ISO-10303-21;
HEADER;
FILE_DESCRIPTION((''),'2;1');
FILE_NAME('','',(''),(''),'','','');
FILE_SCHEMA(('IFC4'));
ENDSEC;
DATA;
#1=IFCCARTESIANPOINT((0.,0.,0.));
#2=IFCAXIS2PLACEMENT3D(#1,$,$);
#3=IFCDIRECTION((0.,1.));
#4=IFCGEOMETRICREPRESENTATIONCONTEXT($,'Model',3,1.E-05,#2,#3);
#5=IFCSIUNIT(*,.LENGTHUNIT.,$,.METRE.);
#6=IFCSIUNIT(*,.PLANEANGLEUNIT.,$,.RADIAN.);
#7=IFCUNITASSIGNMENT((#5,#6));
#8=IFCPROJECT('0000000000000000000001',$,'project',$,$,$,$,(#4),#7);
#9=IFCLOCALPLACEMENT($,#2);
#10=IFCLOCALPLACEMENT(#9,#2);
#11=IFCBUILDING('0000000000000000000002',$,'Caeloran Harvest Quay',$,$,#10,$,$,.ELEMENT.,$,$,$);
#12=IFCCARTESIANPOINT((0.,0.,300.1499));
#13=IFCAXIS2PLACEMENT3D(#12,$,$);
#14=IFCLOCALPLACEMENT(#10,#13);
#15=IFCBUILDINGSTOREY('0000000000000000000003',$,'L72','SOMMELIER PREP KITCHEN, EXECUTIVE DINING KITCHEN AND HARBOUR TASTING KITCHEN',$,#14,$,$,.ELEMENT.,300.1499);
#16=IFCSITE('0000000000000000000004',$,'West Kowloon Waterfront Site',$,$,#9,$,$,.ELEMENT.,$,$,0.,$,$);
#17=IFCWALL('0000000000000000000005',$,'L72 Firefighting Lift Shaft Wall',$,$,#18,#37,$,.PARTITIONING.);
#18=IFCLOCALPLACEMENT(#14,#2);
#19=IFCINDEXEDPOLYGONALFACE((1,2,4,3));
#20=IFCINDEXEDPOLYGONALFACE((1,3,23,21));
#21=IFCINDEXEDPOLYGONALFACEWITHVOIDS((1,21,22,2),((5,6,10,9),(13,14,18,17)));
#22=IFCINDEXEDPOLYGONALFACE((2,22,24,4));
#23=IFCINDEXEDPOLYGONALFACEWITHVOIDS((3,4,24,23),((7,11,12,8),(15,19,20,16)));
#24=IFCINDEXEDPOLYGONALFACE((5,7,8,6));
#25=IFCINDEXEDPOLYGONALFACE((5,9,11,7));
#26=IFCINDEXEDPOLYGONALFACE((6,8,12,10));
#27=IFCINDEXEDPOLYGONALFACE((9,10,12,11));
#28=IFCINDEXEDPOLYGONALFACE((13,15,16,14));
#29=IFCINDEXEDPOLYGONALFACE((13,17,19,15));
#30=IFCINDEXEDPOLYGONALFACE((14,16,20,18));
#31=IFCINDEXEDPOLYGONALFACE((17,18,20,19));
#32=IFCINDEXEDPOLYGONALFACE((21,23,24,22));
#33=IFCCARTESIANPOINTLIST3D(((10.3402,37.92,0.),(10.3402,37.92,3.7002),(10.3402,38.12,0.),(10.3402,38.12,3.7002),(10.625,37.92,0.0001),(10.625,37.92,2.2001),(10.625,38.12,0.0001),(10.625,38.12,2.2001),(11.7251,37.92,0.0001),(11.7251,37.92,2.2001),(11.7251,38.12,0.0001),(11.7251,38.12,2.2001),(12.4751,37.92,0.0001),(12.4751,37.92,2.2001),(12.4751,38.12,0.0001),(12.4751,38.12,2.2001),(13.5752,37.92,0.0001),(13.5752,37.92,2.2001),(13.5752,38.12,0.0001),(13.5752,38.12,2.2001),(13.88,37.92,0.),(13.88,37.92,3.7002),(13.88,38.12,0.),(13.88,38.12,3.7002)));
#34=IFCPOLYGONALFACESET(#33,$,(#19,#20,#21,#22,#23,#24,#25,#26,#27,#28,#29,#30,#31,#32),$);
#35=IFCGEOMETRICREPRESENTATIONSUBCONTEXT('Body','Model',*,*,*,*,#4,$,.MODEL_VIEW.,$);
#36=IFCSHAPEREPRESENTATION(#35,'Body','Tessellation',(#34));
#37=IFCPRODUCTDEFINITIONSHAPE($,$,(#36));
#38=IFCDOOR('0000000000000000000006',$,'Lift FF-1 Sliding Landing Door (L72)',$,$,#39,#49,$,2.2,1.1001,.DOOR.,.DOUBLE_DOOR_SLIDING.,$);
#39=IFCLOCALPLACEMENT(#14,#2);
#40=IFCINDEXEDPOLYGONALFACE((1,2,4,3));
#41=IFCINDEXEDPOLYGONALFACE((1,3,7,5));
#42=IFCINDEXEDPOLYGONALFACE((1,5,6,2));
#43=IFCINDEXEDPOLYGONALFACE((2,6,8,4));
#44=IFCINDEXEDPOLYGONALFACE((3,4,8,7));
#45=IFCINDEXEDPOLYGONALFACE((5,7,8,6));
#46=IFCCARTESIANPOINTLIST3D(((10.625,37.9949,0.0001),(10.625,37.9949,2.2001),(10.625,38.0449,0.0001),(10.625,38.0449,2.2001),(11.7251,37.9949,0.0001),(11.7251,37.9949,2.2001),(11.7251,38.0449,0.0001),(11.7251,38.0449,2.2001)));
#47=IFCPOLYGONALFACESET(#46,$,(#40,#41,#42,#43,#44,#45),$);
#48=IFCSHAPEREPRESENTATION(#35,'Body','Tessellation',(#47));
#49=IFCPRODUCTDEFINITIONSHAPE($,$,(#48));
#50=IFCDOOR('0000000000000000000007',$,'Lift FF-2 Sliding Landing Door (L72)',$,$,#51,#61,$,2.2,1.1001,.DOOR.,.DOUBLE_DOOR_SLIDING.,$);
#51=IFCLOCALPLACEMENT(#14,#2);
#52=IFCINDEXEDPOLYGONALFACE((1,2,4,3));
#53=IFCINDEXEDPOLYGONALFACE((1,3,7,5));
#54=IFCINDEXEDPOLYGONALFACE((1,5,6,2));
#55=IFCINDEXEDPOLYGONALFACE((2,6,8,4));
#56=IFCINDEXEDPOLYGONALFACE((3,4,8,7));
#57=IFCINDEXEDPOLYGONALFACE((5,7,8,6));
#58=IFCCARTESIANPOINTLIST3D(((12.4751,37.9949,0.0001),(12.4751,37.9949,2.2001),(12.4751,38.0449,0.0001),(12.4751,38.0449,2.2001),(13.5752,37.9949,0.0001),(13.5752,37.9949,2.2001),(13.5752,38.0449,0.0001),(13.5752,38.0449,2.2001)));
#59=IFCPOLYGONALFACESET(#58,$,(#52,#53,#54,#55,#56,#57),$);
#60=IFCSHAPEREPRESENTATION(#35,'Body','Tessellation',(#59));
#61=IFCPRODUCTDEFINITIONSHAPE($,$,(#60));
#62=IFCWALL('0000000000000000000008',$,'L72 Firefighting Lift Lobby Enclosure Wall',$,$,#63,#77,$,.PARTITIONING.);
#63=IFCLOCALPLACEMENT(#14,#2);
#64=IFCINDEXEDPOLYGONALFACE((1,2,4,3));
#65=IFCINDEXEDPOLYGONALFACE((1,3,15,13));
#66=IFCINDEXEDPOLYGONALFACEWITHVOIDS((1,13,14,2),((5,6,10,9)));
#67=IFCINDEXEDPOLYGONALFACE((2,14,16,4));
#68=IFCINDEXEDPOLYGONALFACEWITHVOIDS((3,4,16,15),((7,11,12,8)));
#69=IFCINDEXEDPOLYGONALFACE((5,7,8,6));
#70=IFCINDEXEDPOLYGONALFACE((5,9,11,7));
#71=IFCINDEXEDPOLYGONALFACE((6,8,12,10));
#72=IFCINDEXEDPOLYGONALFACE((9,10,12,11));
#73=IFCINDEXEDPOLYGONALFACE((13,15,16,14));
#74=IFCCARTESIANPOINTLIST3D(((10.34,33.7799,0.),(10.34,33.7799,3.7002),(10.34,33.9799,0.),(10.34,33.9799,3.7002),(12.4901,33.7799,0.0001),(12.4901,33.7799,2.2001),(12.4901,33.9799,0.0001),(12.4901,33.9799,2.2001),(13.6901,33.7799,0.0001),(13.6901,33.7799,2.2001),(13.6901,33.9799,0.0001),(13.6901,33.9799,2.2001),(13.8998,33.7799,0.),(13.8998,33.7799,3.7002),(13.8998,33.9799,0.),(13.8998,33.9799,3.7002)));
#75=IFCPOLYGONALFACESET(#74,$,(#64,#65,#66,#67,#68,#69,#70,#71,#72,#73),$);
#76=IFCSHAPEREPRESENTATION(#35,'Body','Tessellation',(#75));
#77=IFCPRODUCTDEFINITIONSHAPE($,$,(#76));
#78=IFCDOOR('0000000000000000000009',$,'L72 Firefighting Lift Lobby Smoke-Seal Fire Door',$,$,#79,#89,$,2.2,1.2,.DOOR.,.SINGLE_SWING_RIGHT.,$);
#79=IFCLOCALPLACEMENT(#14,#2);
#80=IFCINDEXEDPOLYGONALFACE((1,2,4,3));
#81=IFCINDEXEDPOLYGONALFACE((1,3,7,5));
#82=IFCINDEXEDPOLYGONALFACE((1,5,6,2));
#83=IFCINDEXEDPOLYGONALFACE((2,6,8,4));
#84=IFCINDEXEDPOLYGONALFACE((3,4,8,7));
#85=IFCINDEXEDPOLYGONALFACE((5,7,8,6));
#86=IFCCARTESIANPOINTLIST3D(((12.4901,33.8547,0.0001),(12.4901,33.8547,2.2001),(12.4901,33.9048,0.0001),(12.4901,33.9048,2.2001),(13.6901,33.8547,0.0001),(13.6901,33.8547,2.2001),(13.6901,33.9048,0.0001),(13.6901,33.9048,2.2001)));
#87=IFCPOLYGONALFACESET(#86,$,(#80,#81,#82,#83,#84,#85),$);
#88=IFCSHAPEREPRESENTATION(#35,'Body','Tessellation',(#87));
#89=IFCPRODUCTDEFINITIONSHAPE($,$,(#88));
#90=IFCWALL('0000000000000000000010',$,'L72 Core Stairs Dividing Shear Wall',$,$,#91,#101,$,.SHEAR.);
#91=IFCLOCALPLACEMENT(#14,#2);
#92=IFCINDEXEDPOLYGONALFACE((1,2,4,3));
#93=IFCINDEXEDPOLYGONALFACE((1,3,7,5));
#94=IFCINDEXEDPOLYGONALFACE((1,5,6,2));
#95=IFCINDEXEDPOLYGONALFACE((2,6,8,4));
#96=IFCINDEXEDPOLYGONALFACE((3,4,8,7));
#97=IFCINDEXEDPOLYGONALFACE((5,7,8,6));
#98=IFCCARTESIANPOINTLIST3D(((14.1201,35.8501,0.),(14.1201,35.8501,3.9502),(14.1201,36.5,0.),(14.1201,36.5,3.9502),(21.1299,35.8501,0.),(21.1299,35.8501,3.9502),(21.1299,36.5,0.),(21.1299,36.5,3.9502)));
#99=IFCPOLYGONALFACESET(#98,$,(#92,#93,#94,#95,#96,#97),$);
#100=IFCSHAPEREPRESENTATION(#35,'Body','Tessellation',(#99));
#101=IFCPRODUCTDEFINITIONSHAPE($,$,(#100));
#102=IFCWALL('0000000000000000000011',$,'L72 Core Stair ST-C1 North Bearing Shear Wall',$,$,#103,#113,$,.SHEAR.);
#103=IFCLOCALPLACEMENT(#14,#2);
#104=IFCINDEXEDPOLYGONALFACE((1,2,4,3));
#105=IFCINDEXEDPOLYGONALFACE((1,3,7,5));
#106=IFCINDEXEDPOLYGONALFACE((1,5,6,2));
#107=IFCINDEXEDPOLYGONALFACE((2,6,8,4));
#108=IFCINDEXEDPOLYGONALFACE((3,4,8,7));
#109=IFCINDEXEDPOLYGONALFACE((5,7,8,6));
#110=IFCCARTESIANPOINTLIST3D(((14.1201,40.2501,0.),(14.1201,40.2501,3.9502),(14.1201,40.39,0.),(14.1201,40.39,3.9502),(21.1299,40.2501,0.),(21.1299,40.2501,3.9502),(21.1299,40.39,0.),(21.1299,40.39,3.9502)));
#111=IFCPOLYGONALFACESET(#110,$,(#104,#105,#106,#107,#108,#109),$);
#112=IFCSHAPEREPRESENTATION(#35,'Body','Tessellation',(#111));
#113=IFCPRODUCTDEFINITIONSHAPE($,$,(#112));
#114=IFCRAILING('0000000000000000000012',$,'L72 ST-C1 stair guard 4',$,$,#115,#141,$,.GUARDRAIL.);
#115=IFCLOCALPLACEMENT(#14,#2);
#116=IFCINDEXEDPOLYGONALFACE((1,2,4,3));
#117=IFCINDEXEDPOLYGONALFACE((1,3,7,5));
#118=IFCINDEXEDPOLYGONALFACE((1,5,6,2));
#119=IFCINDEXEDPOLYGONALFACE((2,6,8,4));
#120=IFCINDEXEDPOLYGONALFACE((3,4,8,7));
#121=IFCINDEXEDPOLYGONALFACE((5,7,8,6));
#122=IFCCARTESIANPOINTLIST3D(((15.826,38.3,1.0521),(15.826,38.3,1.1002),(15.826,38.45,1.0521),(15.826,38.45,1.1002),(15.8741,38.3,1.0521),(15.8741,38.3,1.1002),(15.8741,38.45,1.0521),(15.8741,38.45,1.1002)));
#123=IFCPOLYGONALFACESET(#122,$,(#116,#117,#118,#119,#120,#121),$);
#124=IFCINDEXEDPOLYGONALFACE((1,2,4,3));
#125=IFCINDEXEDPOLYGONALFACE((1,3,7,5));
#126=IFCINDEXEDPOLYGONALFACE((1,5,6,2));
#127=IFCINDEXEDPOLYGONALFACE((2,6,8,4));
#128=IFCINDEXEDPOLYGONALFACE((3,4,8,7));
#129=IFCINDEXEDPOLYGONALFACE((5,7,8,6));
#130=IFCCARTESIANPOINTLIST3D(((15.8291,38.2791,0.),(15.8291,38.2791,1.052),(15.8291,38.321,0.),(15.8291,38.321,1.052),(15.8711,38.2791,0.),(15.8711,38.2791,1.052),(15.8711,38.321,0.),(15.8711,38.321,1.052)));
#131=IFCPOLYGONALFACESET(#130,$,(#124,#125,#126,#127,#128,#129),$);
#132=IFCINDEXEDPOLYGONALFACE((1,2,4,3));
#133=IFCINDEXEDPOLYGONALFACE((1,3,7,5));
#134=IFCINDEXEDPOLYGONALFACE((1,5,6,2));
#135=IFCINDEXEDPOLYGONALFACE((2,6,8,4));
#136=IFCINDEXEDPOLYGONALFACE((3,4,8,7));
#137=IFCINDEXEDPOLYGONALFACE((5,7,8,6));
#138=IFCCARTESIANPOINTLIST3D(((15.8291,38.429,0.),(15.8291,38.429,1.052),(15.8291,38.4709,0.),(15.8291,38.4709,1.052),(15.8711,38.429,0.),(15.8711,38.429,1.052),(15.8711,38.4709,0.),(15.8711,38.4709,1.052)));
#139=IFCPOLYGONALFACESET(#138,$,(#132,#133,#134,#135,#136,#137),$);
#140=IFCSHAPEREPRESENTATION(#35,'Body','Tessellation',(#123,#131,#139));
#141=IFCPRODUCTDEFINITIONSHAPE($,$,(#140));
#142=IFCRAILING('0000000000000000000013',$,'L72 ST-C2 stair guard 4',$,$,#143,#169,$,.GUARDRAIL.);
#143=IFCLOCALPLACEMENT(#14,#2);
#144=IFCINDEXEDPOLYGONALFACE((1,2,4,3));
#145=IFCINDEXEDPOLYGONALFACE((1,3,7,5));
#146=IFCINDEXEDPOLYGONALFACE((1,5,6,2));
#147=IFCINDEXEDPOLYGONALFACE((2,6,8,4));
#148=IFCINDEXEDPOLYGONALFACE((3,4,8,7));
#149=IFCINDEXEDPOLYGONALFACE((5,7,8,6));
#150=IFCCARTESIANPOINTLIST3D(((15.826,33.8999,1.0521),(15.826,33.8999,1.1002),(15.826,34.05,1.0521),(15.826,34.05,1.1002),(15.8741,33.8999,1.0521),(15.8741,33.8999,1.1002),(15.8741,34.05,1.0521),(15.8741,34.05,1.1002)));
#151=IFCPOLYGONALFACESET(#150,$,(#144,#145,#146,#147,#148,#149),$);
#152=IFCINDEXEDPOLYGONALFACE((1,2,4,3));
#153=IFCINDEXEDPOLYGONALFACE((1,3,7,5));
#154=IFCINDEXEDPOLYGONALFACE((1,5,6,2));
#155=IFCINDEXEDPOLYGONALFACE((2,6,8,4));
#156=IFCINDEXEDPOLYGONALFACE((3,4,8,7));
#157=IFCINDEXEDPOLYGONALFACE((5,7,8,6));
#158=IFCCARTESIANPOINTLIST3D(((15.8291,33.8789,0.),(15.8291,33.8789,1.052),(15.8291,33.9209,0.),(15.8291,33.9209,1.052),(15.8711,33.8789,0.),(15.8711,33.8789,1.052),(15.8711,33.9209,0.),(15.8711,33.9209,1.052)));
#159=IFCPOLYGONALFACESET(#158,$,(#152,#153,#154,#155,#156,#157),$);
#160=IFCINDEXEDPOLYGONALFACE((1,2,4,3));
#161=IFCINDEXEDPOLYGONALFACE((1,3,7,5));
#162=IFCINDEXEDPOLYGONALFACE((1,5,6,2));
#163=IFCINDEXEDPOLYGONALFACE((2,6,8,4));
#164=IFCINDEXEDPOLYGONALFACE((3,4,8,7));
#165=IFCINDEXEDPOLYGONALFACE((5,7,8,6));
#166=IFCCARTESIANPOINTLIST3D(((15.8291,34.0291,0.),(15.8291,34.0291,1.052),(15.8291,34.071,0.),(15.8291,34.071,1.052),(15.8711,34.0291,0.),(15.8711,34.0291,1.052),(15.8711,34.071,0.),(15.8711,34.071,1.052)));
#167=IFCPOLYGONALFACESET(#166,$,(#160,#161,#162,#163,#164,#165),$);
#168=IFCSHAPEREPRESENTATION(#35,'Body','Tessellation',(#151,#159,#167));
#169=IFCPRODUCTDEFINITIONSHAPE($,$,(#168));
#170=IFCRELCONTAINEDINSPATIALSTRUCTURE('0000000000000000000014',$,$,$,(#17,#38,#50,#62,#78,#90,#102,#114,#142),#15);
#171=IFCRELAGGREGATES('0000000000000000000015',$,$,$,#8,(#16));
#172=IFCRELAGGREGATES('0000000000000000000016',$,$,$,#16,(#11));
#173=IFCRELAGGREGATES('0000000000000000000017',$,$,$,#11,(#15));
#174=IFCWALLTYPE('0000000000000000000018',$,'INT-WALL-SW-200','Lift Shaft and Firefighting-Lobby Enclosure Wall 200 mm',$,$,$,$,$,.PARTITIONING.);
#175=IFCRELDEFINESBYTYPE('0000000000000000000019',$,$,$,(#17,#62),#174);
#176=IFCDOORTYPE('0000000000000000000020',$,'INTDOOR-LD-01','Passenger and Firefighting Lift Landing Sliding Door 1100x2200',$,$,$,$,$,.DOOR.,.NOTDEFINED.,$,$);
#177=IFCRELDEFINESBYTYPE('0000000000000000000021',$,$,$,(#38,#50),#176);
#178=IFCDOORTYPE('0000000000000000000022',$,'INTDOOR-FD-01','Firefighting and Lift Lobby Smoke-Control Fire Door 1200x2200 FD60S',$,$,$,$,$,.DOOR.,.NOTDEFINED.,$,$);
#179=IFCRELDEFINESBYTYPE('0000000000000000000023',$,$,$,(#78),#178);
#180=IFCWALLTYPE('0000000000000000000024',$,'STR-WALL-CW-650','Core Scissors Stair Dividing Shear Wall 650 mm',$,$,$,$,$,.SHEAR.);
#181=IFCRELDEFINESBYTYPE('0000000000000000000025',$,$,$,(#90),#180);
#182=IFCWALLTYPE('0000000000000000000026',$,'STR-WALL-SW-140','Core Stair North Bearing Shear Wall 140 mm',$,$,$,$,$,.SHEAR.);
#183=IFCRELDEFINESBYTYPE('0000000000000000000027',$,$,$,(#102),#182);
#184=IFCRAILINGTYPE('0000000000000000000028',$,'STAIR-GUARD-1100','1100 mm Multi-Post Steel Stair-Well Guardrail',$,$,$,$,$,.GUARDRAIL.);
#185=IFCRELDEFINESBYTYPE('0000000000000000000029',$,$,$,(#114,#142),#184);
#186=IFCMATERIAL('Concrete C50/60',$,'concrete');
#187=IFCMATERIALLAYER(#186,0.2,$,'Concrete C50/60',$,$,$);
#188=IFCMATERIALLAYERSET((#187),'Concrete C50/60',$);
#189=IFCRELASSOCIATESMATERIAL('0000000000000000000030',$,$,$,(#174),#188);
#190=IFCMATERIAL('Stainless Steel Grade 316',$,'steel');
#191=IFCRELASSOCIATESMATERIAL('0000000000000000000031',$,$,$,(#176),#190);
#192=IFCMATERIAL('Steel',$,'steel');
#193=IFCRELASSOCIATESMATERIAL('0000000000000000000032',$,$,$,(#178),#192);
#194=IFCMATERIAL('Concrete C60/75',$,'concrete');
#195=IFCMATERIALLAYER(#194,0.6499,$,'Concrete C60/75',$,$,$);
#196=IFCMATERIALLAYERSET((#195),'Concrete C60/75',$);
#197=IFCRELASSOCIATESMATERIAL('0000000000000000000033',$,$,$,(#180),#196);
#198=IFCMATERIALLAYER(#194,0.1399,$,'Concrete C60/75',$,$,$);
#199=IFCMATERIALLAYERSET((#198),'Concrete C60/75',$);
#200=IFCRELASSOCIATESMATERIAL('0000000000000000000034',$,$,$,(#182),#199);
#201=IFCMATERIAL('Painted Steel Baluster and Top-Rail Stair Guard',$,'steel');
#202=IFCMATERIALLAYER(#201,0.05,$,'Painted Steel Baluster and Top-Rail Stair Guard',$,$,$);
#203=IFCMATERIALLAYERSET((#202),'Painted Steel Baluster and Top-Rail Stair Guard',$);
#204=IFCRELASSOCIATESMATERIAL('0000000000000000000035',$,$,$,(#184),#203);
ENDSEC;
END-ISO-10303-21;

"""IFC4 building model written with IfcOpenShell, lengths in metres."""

from ifc_helpers import new_model, si_unit, direction, frame, frame_2d, origin, origin_2d, place, context, subcontext, project, spatial, rectangle, extrude, material, layer, layer_set, type_object, element, fill, save


model = new_model("IFC4")

# Units and contexts
model_context = context("Model", 3, precision=1e-05, world=origin(), true_north=direction((0.0, 1.0)))
body_context = subcontext(model_context, "Body", "Model", "MODEL_VIEW")
ifc_project = project(units=[si_unit("LENGTHUNIT", "METRE"), si_unit("PLANEANGLEUNIT", "RADIAN")], contexts=[model_context])

# Site, building, storey
site_placement = place(None, origin())
site = spatial("IfcSite", under=ifc_project, at=site_placement, Name="West Kowloon Waterfront Site", CompositionType="ELEMENT", RefElevation=0.0)
building_placement = place(site_placement, origin())
building = spatial("IfcBuilding", under=site, at=building_placement, Name="Caeloran Harvest Quay", CompositionType="ELEMENT")
storey_placement = place(building_placement, frame((0.0, 0.0, 300.1499)))
storey = spatial("IfcBuildingStorey", under=building, at=storey_placement, Name="L72", Description="SOMMELIER PREP KITCHEN, EXECUTIVE DINING KITCHEN AND HARBOUR TASTING KITCHEN", CompositionType="ELEMENT", Elevation=300.1499)

# Wall, openings, doors
ifc_material_1 = material(Name="Concrete C50/60", Category="concrete")
ifc_layer_1 = layer(ifc_material_1, 0.2, Name="Concrete C50/60")
ifc_layer_set_1 = layer_set([ifc_layer_1], Name="Concrete C50/60")
wall_type_1 = type_object("IfcWallType", Name="INT-WALL-SW-200", Description="Lift Shaft and Firefighting-Lobby Enclosure Wall 200 mm", PredefinedType="PARTITIONING", material=ifc_layer_set_1)
wall_1_placement = place(storey_placement, frame((10.3401, 38.02, 0.0), z_axis=(0.0, 0.0, 1.0), x_axis=(1.0, 0.0, 0.0)))
wall_1 = element("IfcWall", 1, at=wall_1_placement, inside=storey, type_object=wall_type_1, Name="L72 Firefighting Lift Shaft Wall", PredefinedType="PARTITIONING", context=body_context, shape_type="SweptSolid", body=[
    extrude(rectangle(XDim=3.5398, YDim=0.2, at=frame_2d((1.77, 0.0))), origin(), (0.0, 0.0, 1.0), 3.7002),
])
opening_1_placement = place(wall_1_placement, frame((0.2849, 0.0, 0.0)))
opening_1 = element("IfcOpeningElement", 2, at=opening_1_placement, cuts=wall_1, PredefinedType="OPENING", context=body_context, shape_type="SweptSolid", body=[
    extrude(rectangle(XDim=1.1001, YDim=2.2, at=frame_2d((0.55, 1.1001))), frame((0.0, 0.1099, 0.0), z_axis=(0.0, -1.0, 0.0), x_axis=(1.0, 0.0, 0.0)), (0.0, 0.0, 1.0), 0.22),
])
opening_2_placement = place(wall_1_placement, frame((2.135, 0.0, 0.0)))
opening_2 = element("IfcOpeningElement", 3, at=opening_2_placement, cuts=wall_1, PredefinedType="OPENING", context=body_context, shape_type="SweptSolid", body=[
    extrude(rectangle(XDim=1.1001, YDim=2.2, at=frame_2d((0.55, 1.1001))), frame((0.0, 0.1099, 0.0), z_axis=(0.0, -1.0, 0.0), x_axis=(1.0, 0.0, 0.0)), (0.0, 0.0, 1.0), 0.22),
])
ifc_material_2 = material(Name="Stainless Steel Grade 316", Category="steel")
door_type_1 = type_object("IfcDoorType", Name="INTDOOR-LD-01", Description="Passenger and Firefighting Lift Landing Sliding Door 1100x2200", OperationType="NOTDEFINED", PredefinedType="DOOR", material=ifc_material_2)
door_1_placement = place(opening_1_placement, origin())
door_1 = element("IfcDoor", 4, at=door_1_placement, inside=storey, type_object=door_type_1, Name="Lift FF-1 Sliding Landing Door (L72)", OperationType="DOUBLE_DOOR_SLIDING", OverallHeight=2.2, OverallWidth=1.1001, PredefinedType="DOOR", context=body_context, shape_type="SweptSolid", body=[
    extrude(rectangle(XDim=1.1001, YDim=2.2, at=frame_2d((0.55, 1.1001))), frame((0.0, 0.0249, 0.0), z_axis=(0.0, -1.0, 0.0), x_axis=(1.0, 0.0, 0.0)), (0.0, 0.0, 1.0), 0.05),
])
fill(opening_1, door_1)
door_2_placement = place(opening_2_placement, origin())
door_2 = element("IfcDoor", 5, at=door_2_placement, inside=storey, type_object=door_type_1, Name="Lift FF-2 Sliding Landing Door (L72)", OperationType="DOUBLE_DOOR_SLIDING", OverallHeight=2.2, OverallWidth=1.1001, PredefinedType="DOOR", context=body_context, shape_type="SweptSolid", body=[
    extrude(rectangle(XDim=1.1001, YDim=2.2, at=frame_2d((0.55, 1.1001))), frame((0.0, 0.0249, 0.0), z_axis=(0.0, -1.0, 0.0), x_axis=(1.0, 0.0, 0.0)), (0.0, 0.0, 1.0), 0.05),
])
fill(opening_2, door_2)

# Wall, opening, door
wall_2_placement = place(storey_placement, frame((10.3401, 33.8799, 0.0), z_axis=(0.0, 0.0, 1.0), x_axis=(1.0, 0.0, 0.0)))
wall_2 = element("IfcWall", 6, at=wall_2_placement, inside=storey, type_object=wall_type_1, Name="L72 Firefighting Lift Lobby Enclosure Wall", PredefinedType="PARTITIONING", context=body_context, shape_type="SweptSolid", body=[
    extrude(rectangle(XDim=3.5598, YDim=0.2, at=frame_2d((1.7798, 0.0))), origin(), (0.0, 0.0, 1.0), 3.7002),
])
opening_3_placement = place(wall_2_placement, frame((2.1499, 0.0, 0.0)))
opening_3 = element("IfcOpeningElement", 7, at=opening_3_placement, cuts=wall_2, PredefinedType="OPENING", context=body_context, shape_type="SweptSolid", body=[
    extrude(rectangle(XDim=1.2, YDim=2.2, at=frame_2d((0.6001, 1.1001))), frame((0.0, 0.1099, 0.0), z_axis=(0.0, -1.0, 0.0), x_axis=(1.0, 0.0, 0.0)), (0.0, 0.0, 1.0), 0.22),
])
ifc_material_3 = material(Name="Steel", Category="steel")
door_type_2 = type_object("IfcDoorType", Name="INTDOOR-FD-01", Description="Firefighting and Lift Lobby Smoke-Control Fire Door 1200x2200 FD60S", OperationType="NOTDEFINED", PredefinedType="DOOR", material=ifc_material_3)
door_3_placement = place(opening_3_placement, origin())
door_3 = element("IfcDoor", 8, at=door_3_placement, inside=storey, type_object=door_type_2, Name="L72 Firefighting Lift Lobby Smoke-Seal Fire Door", OperationType="SINGLE_SWING_RIGHT", OverallHeight=2.2, OverallWidth=1.2, PredefinedType="DOOR", context=body_context, shape_type="SweptSolid", body=[
    extrude(rectangle(XDim=1.2, YDim=2.2, at=frame_2d((0.6001, 1.1001))), frame((0.0, 0.0249, 0.0), z_axis=(0.0, -1.0, 0.0), x_axis=(1.0, 0.0, 0.0)), (0.0, 0.0, 1.0), 0.05),
])
fill(opening_3, door_3)

# Walls
ifc_material_4 = material(Name="Concrete C60/75", Category="concrete")
ifc_layer_2 = layer(ifc_material_4, 0.6499, Name="Concrete C60/75")
ifc_layer_set_2 = layer_set([ifc_layer_2], Name="Concrete C60/75")
wall_type_2 = type_object("IfcWallType", Name="STR-WALL-CW-650", Description="Core Scissors Stair Dividing Shear Wall 650 mm", PredefinedType="SHEAR", material=ifc_layer_set_2)
wall_3_placement = place(storey_placement, frame((14.1201, 36.175, 0.0), z_axis=(0.0, 0.0, 1.0), x_axis=(1.0, 0.0, 0.0)))
element("IfcWall", 9, at=wall_3_placement, inside=storey, type_object=wall_type_2, Name="L72 Core Stairs Dividing Shear Wall", PredefinedType="SHEAR", context=body_context, shape_type="SweptSolid", body=[
    extrude(rectangle(XDim=7.0098, YDim=0.6499, at=frame_2d((3.5049, 0.0))), origin(), (0.0, 0.0, 1.0), 3.9502),
])
ifc_layer_3 = layer(ifc_material_4, 0.1399, Name="Concrete C60/75")
ifc_layer_set_3 = layer_set([ifc_layer_3], Name="Concrete C60/75")
wall_type_3 = type_object("IfcWallType", Name="STR-WALL-SW-140", Description="Core Stair North Bearing Shear Wall 140 mm", PredefinedType="SHEAR", material=ifc_layer_set_3)
wall_4_placement = place(storey_placement, frame((14.1201, 40.3201, 0.0), z_axis=(0.0, 0.0, 1.0), x_axis=(1.0, 0.0, 0.0)))
element("IfcWall", 10, at=wall_4_placement, inside=storey, type_object=wall_type_3, Name="L72 Core Stair ST-C1 North Bearing Shear Wall", PredefinedType="SHEAR", context=body_context, shape_type="SweptSolid", body=[
    extrude(rectangle(XDim=7.0098, YDim=0.1399, at=frame_2d((3.5049, 0.0))), origin(), (0.0, 0.0, 1.0), 3.9502),
])

# Railings
ifc_material_5 = material(Name="Painted Steel Baluster and Top-Rail Stair Guard", Category="steel")
ifc_layer_4 = layer(ifc_material_5, 0.05, Name="Painted Steel Baluster and Top-Rail Stair Guard")
ifc_layer_set_4 = layer_set([ifc_layer_4], Name="Painted Steel Baluster and Top-Rail Stair Guard")
railing_type = type_object("IfcRailingType", Name="STAIR-GUARD-1100", Description="1100 mm Multi-Post Steel Stair-Well Guardrail", PredefinedType="GUARDRAIL", material=ifc_layer_set_4)
railing_1_placement = place(storey_placement, frame((15.8501, 38.3, 0.0)))
element("IfcRailing", 11, at=railing_1_placement, inside=storey, type_object=railing_type, Name="L72 ST-C1 stair guard 4", PredefinedType="GUARDRAIL", context=body_context, shape_type="SweptSolid", body=[
    extrude(rectangle(XDim=0.0481, YDim=0.0481, at=origin_2d()), frame((0.0, 0.0, 1.0762), z_axis=(0.0, 1.0, 0.0), x_axis=(-1.0, 0.0, 0.0)), (0.0, 0.0, 1.0), 0.1499),
    extrude(rectangle(XDim=0.042, YDim=0.042, at=origin_2d()), origin(), (0.0, 0.0, 1.0), 1.052),
    extrude(rectangle(XDim=0.042, YDim=0.042, at=origin_2d()), frame((0.0, 0.1499, 0.0)), (0.0, 0.0, 1.0), 1.052),
])
railing_2_placement = place(storey_placement, frame((15.8501, 33.8999, 0.0)))
element("IfcRailing", 12, at=railing_2_placement, inside=storey, type_object=railing_type, Name="L72 ST-C2 stair guard 4", PredefinedType="GUARDRAIL", context=body_context, shape_type="SweptSolid", body=[
    extrude(rectangle(XDim=0.0481, YDim=0.0481, at=origin_2d()), frame((0.0, 0.0, 1.0762), z_axis=(0.0, 1.0, 0.0), x_axis=(-1.0, 0.0, 0.0)), (0.0, 0.0, 1.0), 0.1501),
    extrude(rectangle(XDim=0.042, YDim=0.042, at=origin_2d()), origin(), (0.0, 0.0, 1.0), 1.052),
    extrude(rectangle(XDim=0.042, YDim=0.042, at=origin_2d()), frame((0.0, 0.1501, 0.0)), (0.0, 0.0, 1.0), 1.052),
])

save(model, "model.ifc")
